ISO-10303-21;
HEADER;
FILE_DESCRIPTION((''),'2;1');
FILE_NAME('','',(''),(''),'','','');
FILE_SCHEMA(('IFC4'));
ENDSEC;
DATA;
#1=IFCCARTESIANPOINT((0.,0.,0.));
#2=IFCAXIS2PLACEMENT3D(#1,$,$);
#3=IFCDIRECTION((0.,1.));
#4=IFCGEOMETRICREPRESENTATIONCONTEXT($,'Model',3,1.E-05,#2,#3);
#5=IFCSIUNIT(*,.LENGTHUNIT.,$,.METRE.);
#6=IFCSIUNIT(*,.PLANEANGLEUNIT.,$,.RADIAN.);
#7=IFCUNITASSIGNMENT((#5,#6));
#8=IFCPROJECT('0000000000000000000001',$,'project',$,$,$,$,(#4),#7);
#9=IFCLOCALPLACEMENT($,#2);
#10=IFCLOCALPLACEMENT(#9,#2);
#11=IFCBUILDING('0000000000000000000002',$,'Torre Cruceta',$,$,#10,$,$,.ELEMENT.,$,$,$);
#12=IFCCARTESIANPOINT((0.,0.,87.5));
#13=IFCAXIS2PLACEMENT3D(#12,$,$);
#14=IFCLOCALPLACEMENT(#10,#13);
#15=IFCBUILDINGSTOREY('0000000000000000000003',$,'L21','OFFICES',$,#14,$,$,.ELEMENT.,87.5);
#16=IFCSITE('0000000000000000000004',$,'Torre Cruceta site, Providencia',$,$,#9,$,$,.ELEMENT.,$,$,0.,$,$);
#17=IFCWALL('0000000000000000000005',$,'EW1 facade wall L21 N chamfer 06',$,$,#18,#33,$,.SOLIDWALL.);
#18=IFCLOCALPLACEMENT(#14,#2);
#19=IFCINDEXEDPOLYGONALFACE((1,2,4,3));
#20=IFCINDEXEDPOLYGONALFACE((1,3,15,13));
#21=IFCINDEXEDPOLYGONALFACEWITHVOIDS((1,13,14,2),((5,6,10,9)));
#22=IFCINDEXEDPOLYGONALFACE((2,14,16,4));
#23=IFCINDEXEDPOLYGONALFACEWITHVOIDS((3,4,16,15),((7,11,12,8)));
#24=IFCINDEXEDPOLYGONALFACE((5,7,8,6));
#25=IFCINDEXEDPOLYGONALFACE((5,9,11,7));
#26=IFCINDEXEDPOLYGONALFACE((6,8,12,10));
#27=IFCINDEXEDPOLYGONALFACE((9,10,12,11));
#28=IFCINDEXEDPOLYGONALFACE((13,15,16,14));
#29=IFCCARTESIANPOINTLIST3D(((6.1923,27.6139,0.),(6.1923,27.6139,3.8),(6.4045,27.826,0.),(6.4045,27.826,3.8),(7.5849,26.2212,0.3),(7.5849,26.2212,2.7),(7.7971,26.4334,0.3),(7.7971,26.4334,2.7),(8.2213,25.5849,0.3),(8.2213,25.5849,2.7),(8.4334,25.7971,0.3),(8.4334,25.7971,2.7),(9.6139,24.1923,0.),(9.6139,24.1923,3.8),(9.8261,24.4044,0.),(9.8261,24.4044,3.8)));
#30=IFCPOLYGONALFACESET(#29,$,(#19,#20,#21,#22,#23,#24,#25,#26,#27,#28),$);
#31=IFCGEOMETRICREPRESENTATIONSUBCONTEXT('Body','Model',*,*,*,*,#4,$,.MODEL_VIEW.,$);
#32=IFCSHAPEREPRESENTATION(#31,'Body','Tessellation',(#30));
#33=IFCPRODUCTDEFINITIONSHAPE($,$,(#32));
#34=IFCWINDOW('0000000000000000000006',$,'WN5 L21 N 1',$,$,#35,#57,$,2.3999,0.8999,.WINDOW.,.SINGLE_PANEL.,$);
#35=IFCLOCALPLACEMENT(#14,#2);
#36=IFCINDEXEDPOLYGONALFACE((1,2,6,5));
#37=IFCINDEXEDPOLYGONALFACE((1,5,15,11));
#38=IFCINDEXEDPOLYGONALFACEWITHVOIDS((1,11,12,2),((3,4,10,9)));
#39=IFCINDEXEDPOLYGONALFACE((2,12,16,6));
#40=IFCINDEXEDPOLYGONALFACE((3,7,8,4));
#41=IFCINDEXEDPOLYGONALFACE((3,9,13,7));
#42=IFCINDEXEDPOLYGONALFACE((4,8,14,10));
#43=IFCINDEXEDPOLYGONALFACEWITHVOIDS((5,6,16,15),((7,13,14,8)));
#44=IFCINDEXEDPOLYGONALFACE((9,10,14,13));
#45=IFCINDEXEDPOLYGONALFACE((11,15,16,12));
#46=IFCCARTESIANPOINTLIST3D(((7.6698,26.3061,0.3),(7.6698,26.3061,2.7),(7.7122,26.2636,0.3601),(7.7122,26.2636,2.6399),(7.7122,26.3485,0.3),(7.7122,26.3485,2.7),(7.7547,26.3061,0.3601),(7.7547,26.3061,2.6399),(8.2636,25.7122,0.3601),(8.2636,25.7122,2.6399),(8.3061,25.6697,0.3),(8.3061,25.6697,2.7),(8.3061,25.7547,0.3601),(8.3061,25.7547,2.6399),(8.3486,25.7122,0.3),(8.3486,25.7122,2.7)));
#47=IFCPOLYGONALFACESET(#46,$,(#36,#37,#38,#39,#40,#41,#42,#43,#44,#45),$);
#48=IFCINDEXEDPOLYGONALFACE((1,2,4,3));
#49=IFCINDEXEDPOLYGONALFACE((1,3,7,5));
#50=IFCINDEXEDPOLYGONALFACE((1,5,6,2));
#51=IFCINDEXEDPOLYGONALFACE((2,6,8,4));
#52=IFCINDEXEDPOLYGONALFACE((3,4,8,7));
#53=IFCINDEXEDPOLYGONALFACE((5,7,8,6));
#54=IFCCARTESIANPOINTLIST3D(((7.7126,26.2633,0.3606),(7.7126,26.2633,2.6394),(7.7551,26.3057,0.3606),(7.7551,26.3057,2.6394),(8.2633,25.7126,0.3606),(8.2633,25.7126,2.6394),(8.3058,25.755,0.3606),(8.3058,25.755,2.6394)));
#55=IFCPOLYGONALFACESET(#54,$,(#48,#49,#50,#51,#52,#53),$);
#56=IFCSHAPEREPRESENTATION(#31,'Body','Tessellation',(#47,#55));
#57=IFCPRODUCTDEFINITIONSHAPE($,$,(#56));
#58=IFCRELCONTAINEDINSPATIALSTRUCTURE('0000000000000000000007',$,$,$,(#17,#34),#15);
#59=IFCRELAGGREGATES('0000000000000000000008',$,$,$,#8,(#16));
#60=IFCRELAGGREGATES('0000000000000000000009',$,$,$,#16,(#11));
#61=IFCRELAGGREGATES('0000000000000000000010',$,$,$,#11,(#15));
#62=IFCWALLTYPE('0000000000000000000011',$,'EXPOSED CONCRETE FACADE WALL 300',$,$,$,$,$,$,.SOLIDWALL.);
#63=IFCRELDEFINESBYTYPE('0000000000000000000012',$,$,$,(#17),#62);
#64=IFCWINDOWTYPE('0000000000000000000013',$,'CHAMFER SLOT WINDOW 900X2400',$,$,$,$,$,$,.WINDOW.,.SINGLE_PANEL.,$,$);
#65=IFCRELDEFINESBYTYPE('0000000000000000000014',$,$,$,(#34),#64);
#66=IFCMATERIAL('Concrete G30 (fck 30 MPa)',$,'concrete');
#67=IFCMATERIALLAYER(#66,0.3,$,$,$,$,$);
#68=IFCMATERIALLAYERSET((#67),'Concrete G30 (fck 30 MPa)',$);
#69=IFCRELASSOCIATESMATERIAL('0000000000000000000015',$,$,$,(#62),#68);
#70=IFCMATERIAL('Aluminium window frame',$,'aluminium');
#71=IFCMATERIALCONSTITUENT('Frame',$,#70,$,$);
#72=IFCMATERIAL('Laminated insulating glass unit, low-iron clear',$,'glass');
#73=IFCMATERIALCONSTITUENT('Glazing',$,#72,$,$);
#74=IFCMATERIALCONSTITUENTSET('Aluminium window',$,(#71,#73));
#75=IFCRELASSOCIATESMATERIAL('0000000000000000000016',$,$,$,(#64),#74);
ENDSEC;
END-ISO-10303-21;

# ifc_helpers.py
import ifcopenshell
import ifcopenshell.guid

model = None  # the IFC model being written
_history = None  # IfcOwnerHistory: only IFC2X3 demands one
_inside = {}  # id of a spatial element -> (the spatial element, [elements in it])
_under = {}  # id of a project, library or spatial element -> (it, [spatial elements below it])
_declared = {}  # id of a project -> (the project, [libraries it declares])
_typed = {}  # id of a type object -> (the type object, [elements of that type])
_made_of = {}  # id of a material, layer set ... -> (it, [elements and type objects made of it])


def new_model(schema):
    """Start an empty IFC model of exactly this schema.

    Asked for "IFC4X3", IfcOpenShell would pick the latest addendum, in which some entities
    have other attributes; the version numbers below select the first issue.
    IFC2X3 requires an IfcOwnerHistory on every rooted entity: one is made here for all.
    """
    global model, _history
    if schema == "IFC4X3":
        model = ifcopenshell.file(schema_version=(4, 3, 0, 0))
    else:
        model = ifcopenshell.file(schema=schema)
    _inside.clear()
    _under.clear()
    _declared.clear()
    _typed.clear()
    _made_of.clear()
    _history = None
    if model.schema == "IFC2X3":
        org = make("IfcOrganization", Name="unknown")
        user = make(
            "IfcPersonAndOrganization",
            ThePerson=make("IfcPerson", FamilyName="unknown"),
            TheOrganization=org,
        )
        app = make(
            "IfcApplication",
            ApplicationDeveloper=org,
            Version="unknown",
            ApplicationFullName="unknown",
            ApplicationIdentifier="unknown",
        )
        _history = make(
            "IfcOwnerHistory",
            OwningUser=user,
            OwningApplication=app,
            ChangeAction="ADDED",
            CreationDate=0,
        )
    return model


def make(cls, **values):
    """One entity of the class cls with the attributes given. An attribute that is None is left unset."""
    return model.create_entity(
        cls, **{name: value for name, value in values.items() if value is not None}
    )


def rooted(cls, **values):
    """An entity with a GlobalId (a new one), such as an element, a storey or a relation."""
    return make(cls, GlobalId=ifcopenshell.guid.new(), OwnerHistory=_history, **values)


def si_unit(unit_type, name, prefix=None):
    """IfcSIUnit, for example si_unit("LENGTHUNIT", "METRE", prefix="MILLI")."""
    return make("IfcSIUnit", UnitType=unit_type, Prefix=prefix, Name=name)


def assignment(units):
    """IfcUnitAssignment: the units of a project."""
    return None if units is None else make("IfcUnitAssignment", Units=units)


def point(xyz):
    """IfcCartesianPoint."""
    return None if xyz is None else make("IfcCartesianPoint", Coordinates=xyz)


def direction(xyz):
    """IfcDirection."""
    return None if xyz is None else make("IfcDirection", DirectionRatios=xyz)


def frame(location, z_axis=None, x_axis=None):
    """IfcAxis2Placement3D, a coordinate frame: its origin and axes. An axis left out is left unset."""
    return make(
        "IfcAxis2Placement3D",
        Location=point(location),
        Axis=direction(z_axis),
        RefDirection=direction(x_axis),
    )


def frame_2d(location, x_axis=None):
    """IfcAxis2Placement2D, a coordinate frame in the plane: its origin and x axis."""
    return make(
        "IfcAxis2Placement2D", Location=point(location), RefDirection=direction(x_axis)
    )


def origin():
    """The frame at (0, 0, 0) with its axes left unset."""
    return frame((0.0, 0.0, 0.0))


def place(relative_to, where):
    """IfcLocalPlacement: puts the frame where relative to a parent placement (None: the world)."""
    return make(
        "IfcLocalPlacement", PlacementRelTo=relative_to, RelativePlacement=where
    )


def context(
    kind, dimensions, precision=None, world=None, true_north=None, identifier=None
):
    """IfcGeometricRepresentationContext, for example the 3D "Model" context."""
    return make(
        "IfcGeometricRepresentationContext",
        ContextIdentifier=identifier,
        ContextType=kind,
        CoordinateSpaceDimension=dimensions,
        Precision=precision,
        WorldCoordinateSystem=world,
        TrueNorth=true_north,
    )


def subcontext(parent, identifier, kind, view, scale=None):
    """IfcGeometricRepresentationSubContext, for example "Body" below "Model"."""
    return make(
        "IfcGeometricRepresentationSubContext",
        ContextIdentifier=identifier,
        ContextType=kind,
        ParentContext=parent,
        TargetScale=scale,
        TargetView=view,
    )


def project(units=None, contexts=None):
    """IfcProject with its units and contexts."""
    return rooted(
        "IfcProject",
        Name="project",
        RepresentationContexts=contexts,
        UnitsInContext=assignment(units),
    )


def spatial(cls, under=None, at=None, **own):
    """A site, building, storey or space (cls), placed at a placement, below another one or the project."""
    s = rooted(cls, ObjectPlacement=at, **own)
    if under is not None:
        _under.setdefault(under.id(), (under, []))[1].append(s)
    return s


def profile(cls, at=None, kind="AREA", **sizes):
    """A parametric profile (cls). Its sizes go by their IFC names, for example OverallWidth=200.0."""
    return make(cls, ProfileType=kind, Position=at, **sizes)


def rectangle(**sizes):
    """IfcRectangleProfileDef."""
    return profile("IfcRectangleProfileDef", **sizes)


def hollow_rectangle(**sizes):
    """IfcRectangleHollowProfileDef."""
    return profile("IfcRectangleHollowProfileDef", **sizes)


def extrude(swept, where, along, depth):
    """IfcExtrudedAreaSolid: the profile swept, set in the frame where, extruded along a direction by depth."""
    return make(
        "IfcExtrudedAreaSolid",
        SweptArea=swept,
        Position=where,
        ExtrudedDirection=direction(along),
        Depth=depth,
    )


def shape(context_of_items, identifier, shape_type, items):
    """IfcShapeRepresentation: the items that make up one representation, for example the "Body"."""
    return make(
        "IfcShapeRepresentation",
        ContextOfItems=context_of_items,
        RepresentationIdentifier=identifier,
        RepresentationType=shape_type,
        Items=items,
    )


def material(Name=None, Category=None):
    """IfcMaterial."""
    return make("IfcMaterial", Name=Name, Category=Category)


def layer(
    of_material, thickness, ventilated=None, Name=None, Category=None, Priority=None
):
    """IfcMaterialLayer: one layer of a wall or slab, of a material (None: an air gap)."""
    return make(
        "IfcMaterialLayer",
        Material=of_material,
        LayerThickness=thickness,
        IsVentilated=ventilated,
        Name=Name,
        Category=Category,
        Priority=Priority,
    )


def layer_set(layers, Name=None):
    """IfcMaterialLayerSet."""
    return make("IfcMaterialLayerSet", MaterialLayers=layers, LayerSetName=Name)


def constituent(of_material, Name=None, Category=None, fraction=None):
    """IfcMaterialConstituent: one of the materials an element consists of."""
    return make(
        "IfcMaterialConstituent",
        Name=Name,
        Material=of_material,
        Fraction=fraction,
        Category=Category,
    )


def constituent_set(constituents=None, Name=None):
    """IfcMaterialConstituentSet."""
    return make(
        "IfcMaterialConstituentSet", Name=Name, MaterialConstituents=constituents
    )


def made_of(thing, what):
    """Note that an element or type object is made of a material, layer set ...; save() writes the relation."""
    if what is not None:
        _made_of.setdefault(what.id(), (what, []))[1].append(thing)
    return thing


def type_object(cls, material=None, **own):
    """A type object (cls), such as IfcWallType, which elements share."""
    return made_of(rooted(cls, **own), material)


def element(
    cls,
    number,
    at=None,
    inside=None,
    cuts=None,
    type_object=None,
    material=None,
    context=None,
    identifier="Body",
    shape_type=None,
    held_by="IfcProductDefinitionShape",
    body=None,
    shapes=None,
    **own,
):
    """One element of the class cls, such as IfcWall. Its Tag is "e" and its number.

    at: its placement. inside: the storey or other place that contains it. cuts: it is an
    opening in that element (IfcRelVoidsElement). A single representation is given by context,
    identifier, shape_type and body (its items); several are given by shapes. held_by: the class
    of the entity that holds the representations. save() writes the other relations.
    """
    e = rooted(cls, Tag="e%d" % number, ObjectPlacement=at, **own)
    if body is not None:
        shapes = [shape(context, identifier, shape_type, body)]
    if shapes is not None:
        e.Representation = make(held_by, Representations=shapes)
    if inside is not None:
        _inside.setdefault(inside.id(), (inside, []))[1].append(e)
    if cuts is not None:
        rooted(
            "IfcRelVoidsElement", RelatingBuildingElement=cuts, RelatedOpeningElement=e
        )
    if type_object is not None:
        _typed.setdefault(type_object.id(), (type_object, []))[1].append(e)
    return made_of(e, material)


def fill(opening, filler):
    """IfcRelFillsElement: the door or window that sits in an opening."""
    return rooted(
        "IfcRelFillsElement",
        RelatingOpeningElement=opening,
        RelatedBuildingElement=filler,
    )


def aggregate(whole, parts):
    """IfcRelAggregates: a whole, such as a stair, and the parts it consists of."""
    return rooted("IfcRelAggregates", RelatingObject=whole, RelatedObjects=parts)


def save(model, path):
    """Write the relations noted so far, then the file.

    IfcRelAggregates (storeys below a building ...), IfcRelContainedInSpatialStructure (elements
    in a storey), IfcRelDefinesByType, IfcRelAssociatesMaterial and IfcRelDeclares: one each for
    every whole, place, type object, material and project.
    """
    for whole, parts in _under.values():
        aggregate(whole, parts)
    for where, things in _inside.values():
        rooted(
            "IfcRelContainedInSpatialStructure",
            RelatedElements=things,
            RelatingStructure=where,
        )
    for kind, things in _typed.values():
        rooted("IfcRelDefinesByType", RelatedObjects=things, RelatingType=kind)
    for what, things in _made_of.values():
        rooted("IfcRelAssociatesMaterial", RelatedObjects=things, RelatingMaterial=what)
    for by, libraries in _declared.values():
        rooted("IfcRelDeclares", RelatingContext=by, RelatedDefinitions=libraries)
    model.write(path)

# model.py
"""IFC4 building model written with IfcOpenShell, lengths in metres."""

from ifc_helpers import new_model, si_unit, direction, frame, frame_2d, origin, place, context, subcontext, project, spatial, rectangle, hollow_rectangle, extrude, material, layer, layer_set, constituent, constituent_set, type_object, element, fill, save


model = new_model("IFC4")

# Units and contexts
model_context = context("Model", 3, precision=1e-05, world=origin(), true_north=direction((0.0, 1.0)))
body_context = subcontext(model_context, "Body", "Model", "MODEL_VIEW")
ifc_project = project(units=[si_unit("LENGTHUNIT", "METRE"), si_unit("PLANEANGLEUNIT", "RADIAN")], contexts=[model_context])

# Site, building, storey
site_placement = place(None, origin())
site = spatial("IfcSite", under=ifc_project, at=site_placement, Name="Torre Cruceta site, Providencia", CompositionType="ELEMENT", RefElevation=0.0)
building_placement = place(site_placement, origin())
building = spatial("IfcBuilding", under=site, at=building_placement, Name="Torre Cruceta", CompositionType="ELEMENT")
storey_placement = place(building_placement, frame((0.0, 0.0, 87.5)))
storey = spatial("IfcBuildingStorey", under=building, at=storey_placement, Name="L21", Description="OFFICES", CompositionType="ELEMENT", Elevation=87.5)

# Wall, opening, window
ifc_material_1 = material(Name="Concrete G30 (fck 30 MPa)", Category="concrete")
ifc_layer_1 = layer(ifc_material_1, 0.3)
ifc_layer_set_1 = layer_set([ifc_layer_1], Name="Concrete G30 (fck 30 MPa)")
wall_type = type_object("IfcWallType", Name="EXPOSED CONCRETE FACADE WALL 300", PredefinedType="SOLIDWALL", material=ifc_layer_set_1)
wall_placement = place(storey_placement, frame((9.72, 24.2983, 0.0), z_axis=(0.0, 0.0, 1.0), x_axis=(-0.707107, 0.707107, 0.0)))
wall = element("IfcWall", 1, at=wall_placement, inside=storey, type_object=wall_type, Name="EW1 facade wall L21 N chamfer 06", PredefinedType="SOLIDWALL", context=body_context, shape_type="SweptSolid", body=[
    extrude(rectangle(XDim=4.8389, YDim=0.3, at=frame_2d((2.4194, 0.0))), origin(), (0.0, 0.0, 1.0), 3.8),
])
opening_placement = place(wall_placement, frame((1.9695, 0.0, 0.3)))
opening = element("IfcOpeningElement", 2, at=opening_placement, cuts=wall, PredefinedType="OPENING", context=body_context, shape_type="SweptSolid", body=[
    extrude(rectangle(XDim=0.8999, YDim=2.3999, at=frame_2d((0.45, 1.2))), frame((0.0, 0.1599, 0.0), z_axis=(0.0, -1.0, 0.0), x_axis=(1.0, 0.0, 0.0)), (0.0, 0.0, 1.0), 0.3201),
])
ifc_material_2 = material(Name="Aluminium window frame", Category="aluminium")
ifc_constituent_1 = constituent(ifc_material_2, Name="Frame")
ifc_material_3 = material(Name="Laminated insulating glass unit, low-iron clear", Category="glass")
ifc_constituent_2 = constituent(ifc_material_3, Name="Glazing")
ifc_constituent_set = constituent_set(constituents=[ifc_constituent_1, ifc_constituent_2], Name="Aluminium window")
window_type = type_object("IfcWindowType", Name="CHAMFER SLOT WINDOW 900X2400", PartitioningType="SINGLE_PANEL", PredefinedType="WINDOW", material=ifc_constituent_set)
window_placement = place(opening_placement, origin())
window = element("IfcWindow", 3, at=window_placement, inside=storey, type_object=window_type, Name="WN5 L21 N 1", OverallHeight=2.3999, OverallWidth=0.8999, PartitioningType="SINGLE_PANEL", PredefinedType="WINDOW", context=body_context, shape_type="SweptSolid", body=[
    extrude(hollow_rectangle(XDim=0.8999, YDim=2.3999, WallThickness=0.0601, at=frame_2d((0.45, 1.2))), frame((0.0, 0.03, 0.0), z_axis=(0.0, -1.0, 0.0), x_axis=(1.0, 0.0, 0.0)), (0.0, 0.0, 1.0), 0.0601),
    extrude(rectangle(XDim=0.7788, YDim=2.2788, at=frame_2d((0.45, 1.2))), frame((0.0, 0.03, 0.0), z_axis=(0.0, -1.0, 0.0), x_axis=(1.0, 0.0, 0.0)), (0.0, 0.0, 1.0), 0.0601),
])
fill(opening, window)

save(model, "model.ifc")
